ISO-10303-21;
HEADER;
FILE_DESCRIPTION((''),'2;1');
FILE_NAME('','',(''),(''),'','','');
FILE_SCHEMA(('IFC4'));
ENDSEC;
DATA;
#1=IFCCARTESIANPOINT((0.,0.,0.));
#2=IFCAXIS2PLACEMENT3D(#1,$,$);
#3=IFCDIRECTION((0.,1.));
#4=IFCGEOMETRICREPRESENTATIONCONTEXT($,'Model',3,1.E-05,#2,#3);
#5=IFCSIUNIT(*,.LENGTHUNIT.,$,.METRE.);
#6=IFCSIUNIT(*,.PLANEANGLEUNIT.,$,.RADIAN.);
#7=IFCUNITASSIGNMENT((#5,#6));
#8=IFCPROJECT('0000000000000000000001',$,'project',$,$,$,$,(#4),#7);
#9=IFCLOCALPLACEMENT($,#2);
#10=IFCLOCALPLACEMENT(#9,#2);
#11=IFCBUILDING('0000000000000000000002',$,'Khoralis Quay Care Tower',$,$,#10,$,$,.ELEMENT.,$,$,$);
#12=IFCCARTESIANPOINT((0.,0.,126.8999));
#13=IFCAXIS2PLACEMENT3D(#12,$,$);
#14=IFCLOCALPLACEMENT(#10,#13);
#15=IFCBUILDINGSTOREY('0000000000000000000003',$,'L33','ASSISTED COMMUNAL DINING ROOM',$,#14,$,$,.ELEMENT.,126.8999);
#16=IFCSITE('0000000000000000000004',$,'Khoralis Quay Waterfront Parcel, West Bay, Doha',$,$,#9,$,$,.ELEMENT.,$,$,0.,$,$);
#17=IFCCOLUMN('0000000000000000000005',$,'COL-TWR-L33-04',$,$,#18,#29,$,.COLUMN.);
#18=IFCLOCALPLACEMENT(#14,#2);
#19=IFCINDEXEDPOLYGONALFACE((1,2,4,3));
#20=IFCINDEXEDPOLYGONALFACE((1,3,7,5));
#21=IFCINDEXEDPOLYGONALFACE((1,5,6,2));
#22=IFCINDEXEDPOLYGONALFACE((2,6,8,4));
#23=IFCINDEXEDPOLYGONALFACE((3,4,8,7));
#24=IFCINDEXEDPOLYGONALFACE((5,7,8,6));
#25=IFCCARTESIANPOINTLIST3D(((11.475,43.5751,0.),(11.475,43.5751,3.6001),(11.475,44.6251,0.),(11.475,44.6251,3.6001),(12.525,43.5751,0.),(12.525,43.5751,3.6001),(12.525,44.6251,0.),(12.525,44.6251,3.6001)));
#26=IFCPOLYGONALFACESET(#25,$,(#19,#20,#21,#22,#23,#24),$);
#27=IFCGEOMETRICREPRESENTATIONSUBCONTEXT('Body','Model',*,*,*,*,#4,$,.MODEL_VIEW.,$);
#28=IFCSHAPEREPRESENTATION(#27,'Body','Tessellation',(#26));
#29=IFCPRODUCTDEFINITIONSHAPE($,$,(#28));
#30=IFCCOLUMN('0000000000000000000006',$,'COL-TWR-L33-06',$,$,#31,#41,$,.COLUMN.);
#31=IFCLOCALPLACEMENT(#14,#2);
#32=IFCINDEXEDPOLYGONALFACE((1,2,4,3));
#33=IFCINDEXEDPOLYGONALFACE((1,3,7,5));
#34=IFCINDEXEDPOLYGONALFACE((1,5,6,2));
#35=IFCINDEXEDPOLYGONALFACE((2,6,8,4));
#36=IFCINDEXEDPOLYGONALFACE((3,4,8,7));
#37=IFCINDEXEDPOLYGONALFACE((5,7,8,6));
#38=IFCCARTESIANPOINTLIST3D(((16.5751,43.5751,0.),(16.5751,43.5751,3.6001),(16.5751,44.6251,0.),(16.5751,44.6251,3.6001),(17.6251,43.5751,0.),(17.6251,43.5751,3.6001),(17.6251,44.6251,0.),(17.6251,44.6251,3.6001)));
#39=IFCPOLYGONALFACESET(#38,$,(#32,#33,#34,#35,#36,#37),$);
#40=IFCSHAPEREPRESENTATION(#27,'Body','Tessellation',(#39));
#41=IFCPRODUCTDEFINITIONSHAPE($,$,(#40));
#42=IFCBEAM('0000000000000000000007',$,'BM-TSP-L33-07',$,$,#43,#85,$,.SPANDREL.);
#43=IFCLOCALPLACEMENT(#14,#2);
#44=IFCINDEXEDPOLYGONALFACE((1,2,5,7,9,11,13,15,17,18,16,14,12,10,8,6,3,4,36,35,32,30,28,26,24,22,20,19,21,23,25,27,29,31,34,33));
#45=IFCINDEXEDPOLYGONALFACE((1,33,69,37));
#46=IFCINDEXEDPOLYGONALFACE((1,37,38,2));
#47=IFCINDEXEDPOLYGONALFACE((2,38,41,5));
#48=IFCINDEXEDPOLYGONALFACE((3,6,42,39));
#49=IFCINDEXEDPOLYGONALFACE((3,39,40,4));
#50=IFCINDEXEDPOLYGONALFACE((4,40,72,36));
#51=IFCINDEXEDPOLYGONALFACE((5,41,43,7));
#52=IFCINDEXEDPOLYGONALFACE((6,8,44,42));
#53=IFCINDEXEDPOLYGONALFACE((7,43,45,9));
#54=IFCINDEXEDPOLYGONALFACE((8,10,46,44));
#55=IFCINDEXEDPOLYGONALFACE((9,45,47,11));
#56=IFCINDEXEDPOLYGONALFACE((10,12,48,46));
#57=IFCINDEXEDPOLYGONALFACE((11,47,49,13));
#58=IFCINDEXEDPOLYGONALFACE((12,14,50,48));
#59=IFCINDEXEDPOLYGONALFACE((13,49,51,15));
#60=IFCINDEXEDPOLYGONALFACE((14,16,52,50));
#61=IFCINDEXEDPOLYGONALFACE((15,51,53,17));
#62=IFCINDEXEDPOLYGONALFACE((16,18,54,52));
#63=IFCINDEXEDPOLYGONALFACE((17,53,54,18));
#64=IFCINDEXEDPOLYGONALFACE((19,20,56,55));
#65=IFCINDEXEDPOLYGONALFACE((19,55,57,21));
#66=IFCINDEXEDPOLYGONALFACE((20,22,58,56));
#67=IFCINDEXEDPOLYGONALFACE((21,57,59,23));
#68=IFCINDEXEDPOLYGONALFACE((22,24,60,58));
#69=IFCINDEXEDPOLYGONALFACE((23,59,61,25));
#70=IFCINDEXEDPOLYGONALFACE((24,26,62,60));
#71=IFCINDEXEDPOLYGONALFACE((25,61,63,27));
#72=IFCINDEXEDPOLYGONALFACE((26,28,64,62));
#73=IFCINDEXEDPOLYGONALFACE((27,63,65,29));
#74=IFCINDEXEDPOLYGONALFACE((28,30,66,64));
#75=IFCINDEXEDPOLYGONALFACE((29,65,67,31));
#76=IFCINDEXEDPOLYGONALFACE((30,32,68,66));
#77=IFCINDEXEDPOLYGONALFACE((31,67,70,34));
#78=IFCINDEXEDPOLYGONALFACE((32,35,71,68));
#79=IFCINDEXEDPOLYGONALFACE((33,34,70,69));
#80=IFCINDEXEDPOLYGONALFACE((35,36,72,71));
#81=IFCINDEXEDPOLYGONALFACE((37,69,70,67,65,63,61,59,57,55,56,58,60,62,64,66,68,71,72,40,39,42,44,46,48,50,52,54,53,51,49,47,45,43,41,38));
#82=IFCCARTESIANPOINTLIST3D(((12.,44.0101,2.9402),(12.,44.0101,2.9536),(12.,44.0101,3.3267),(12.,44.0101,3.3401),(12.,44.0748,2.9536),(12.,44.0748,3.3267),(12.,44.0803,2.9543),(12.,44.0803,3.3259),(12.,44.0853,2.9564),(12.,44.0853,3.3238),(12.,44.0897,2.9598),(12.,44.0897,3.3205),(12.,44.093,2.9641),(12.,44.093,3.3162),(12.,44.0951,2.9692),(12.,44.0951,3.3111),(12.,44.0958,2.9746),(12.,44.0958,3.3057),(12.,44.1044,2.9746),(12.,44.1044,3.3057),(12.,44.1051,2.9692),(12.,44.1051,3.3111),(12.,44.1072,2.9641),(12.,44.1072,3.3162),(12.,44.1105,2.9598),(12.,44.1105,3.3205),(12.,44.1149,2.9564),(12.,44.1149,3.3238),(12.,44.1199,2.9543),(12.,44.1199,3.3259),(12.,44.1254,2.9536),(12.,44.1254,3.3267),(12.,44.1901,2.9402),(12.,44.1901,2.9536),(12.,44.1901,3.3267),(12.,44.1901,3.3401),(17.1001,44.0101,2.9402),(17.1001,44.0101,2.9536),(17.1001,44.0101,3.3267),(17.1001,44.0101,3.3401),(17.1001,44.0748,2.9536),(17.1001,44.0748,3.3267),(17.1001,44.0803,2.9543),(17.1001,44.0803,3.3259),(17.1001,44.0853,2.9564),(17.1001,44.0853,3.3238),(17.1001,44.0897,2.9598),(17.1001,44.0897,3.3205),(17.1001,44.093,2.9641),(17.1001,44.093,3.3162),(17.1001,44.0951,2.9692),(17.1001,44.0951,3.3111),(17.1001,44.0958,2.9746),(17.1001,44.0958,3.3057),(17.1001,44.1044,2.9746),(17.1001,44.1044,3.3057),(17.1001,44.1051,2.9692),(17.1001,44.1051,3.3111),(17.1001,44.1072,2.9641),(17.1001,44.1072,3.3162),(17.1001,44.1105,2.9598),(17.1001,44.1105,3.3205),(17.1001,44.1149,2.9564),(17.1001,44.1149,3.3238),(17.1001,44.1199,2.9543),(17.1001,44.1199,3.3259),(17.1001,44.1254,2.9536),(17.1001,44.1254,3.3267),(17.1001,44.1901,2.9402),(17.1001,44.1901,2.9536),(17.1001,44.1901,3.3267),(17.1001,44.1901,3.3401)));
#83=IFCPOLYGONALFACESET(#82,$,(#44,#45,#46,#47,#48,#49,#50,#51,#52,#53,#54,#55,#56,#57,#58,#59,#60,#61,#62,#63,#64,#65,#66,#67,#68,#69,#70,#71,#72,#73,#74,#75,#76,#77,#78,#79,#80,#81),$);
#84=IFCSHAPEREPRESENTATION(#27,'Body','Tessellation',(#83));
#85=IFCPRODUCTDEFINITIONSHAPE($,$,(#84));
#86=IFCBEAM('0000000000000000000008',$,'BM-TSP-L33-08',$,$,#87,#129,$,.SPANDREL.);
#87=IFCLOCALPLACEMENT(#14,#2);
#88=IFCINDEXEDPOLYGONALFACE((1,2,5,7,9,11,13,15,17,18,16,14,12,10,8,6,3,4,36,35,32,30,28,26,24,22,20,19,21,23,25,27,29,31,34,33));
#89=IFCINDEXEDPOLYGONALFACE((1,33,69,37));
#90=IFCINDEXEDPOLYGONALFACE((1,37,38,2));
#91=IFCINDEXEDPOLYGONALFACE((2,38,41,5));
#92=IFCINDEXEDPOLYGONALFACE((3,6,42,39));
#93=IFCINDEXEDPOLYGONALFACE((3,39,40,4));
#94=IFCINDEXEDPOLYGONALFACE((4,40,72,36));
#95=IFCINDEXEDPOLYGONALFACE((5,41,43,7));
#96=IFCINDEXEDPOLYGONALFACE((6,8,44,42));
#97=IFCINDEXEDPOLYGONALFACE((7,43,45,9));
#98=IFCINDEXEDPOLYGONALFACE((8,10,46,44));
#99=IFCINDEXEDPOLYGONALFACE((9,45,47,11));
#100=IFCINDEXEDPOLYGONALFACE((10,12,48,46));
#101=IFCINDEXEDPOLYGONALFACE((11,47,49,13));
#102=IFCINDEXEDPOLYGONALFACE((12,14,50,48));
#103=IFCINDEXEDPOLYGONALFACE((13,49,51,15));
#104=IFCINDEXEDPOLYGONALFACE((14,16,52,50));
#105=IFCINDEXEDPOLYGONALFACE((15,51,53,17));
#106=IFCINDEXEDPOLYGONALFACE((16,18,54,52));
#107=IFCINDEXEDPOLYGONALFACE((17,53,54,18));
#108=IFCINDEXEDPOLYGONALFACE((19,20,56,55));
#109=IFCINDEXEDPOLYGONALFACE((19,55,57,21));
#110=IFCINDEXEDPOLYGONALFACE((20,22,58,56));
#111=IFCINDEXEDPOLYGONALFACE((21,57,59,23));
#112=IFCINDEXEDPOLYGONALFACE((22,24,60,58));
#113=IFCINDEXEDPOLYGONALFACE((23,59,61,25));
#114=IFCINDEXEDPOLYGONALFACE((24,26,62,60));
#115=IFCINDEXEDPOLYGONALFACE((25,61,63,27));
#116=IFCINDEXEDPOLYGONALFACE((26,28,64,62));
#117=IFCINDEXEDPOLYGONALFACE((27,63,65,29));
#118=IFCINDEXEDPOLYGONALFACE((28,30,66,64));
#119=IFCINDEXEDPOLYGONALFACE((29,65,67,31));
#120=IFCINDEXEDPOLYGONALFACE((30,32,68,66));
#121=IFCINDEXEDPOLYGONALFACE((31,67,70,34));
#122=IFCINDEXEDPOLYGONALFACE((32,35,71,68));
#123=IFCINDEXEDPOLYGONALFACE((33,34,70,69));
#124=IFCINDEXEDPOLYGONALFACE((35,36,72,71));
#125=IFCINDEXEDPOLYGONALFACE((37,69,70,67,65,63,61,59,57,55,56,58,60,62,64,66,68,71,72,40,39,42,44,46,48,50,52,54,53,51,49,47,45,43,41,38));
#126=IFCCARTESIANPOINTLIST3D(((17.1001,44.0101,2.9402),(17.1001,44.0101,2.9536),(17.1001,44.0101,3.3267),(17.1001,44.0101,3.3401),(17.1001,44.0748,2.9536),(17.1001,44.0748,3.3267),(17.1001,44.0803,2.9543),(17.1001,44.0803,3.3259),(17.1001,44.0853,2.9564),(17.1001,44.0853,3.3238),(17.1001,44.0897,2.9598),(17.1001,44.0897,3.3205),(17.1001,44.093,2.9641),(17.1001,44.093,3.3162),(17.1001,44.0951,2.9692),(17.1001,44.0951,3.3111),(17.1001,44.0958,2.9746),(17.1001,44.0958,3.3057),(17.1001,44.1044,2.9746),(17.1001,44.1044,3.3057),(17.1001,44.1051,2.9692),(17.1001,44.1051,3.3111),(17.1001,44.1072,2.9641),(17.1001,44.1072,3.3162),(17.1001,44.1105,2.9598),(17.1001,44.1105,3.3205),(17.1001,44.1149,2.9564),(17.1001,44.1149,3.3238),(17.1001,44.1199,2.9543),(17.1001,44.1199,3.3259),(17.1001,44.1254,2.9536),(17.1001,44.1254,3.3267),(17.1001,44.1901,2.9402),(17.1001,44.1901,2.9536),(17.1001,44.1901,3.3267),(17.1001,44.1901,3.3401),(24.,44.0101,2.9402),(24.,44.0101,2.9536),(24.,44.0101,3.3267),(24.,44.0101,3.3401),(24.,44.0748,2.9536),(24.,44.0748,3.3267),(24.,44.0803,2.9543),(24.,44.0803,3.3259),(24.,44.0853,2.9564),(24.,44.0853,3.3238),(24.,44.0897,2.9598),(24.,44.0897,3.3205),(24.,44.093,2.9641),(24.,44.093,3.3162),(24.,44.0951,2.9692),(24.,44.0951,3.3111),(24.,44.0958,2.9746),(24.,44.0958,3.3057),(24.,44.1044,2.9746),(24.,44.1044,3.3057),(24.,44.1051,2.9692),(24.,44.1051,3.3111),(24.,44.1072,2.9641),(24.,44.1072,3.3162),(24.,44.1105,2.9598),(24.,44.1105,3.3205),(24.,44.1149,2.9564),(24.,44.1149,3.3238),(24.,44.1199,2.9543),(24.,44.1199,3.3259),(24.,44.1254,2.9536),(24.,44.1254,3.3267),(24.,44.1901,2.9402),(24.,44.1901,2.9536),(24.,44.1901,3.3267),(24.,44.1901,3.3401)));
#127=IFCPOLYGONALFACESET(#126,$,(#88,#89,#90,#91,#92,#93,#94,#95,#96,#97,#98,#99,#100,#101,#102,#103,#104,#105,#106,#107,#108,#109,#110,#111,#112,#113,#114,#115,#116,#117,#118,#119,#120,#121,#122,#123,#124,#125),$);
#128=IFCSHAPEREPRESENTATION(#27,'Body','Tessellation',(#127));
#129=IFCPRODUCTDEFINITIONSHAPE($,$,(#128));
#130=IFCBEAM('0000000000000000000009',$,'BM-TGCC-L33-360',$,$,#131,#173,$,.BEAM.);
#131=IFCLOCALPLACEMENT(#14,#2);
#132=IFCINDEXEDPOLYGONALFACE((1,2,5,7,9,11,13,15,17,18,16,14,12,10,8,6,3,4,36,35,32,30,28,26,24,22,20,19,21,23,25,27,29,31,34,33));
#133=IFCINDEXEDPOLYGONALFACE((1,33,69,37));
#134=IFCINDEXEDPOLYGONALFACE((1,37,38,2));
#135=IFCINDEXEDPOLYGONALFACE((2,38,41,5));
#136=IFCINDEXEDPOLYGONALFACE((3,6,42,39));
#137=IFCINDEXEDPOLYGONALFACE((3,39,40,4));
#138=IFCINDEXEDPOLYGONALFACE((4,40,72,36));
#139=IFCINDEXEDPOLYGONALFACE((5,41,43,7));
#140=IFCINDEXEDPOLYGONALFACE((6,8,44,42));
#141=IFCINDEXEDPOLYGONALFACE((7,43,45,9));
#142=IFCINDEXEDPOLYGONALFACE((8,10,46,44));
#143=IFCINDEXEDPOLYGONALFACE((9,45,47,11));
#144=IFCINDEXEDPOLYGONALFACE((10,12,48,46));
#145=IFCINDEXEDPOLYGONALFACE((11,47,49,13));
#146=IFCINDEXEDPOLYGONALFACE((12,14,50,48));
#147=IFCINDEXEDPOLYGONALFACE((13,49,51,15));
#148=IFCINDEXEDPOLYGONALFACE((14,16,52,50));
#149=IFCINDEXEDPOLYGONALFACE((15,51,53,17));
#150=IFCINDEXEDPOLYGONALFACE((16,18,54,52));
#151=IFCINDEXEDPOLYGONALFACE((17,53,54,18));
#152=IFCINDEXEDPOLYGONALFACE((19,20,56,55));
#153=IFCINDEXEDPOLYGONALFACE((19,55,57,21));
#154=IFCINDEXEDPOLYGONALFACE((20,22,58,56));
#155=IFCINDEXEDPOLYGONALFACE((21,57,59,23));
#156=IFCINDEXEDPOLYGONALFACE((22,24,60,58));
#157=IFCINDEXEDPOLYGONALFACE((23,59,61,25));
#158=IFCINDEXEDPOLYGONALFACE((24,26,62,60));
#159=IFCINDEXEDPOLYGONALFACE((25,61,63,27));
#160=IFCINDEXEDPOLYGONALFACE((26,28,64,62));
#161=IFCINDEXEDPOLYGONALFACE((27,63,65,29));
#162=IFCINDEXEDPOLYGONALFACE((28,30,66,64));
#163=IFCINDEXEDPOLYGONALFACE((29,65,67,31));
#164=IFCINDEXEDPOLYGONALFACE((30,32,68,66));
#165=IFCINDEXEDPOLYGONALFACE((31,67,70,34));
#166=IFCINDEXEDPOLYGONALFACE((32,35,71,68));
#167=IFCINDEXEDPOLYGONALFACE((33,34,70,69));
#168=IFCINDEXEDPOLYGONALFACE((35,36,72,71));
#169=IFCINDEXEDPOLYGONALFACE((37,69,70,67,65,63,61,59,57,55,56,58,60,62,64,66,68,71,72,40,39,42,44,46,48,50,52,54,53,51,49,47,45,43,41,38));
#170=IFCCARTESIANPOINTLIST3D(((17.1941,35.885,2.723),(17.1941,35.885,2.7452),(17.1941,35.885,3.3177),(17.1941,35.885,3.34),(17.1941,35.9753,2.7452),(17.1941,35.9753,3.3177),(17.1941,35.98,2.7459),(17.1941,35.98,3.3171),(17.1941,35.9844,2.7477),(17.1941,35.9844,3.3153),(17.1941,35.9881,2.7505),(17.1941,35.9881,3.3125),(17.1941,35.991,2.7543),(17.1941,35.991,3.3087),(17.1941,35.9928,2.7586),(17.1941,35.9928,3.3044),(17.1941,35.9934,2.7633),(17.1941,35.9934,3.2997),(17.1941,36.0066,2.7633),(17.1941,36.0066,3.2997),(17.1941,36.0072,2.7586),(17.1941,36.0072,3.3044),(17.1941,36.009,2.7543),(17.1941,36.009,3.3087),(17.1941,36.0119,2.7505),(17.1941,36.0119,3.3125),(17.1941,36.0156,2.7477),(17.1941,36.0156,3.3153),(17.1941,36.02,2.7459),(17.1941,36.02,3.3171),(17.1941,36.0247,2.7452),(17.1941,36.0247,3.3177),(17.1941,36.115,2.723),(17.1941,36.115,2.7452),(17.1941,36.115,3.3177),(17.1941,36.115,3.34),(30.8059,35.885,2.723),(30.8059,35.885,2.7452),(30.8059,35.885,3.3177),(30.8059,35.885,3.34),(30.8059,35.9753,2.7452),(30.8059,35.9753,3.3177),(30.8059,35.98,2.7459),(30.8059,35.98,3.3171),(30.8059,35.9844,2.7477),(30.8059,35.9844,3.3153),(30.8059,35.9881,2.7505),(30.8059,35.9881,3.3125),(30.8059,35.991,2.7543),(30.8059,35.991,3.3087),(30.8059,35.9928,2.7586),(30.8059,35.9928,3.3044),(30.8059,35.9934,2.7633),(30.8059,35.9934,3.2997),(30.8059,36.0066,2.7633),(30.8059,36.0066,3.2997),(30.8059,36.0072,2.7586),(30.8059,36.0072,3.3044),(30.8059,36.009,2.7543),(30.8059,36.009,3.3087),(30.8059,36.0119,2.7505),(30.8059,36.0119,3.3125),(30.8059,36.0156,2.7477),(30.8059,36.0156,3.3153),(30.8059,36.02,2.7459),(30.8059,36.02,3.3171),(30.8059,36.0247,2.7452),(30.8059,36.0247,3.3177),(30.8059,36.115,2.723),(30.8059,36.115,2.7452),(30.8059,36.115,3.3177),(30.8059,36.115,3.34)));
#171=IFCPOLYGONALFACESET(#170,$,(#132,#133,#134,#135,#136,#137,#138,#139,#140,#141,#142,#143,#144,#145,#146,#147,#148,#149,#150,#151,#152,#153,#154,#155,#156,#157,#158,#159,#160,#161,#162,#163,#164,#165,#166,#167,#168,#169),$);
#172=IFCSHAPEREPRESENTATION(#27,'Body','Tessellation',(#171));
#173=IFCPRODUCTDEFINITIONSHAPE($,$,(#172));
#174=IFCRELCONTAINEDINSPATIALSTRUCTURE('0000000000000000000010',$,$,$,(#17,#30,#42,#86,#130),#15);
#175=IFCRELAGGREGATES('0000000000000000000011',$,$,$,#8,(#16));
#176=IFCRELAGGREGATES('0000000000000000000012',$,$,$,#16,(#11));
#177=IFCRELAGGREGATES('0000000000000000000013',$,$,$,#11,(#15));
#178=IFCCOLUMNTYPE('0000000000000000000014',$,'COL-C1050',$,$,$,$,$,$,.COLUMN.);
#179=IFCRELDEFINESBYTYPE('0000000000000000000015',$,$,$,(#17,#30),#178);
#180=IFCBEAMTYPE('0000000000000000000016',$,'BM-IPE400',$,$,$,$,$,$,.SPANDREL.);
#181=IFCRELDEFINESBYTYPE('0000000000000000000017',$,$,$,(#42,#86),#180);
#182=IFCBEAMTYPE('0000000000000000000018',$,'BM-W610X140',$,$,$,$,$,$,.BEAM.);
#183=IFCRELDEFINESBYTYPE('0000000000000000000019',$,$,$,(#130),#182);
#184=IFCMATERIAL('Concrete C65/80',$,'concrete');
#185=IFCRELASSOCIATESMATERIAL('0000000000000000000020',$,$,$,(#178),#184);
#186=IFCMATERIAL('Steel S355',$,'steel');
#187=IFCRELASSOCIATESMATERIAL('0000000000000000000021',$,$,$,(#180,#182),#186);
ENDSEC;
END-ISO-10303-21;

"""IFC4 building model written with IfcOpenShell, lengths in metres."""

from ifc_helpers import new_model, si_unit, direction, frame, origin, origin_2d, place, context, subcontext, project, spatial, rectangle, i_section, extrude, source, transform, mapped, material, material_profile, profile_set, type_object, element, save


model = new_model("IFC4")

# Units and contexts
model_context = context("Model", 3, precision=1e-05, world=origin(), true_north=direction((0.0, 1.0)))
body_context = subcontext(model_context, "Body", "Model", "MODEL_VIEW")
ifc_project = project(units=[si_unit("LENGTHUNIT", "METRE"), si_unit("PLANEANGLEUNIT", "RADIAN")], contexts=[model_context])

# Site, building, storey
site_placement = place(None, origin())
site = spatial("IfcSite", under=ifc_project, at=site_placement, Name="Khoralis Quay Waterfront Parcel, West Bay, Doha", CompositionType="ELEMENT", RefElevation=0.0)
building_placement = place(site_placement, origin())
building = spatial("IfcBuilding", under=site, at=building_placement, Name="Khoralis Quay Care Tower", CompositionType="ELEMENT")
storey_placement = place(building_placement, frame((0.0, 0.0, 126.8999)))
storey = spatial("IfcBuildingStorey", under=building, at=storey_placement, Name="L33", Description="ASSISTED COMMUNAL DINING ROOM", CompositionType="ELEMENT", Elevation=126.8999)

# Columns
ifc_material_1 = material(Name="Concrete C65/80", Category="concrete")
ifc_material_profile_1 = material_profile(ifc_material_1, rectangle(XDim=1.05, YDim=1.05, at=origin_2d()), Name="Concrete C65/80")
ifc_profile_set_1 = profile_set([ifc_material_profile_1], Name="Concrete C65/80")
column_type = type_object("IfcColumnType", Name="COL-C1050", PredefinedType="COLUMN", material=ifc_profile_set_1)
shared_shape_1 = source(origin(), body_context, "Body", "SweptSolid", [
    extrude(rectangle(XDim=1.05, YDim=1.05, at=origin_2d()), origin(), (0.0, 0.0, 1.0), 3.6001),
])
for number, where, z_axis, x_axis, name in (
    (1, (12.0, 44.1001, 0.0), (0.0, 0.0, 1.0), (1.0, 0.0, 0.0), "COL-TWR-L33-04"),
    (2, (17.1001, 44.1001, 0.0), (0.0, 0.0, 1.0), (1.0, 0.0, 0.0), "COL-TWR-L33-06"),
):
    element("IfcColumn", number, at=place(storey_placement, frame(where, z_axis=z_axis, x_axis=x_axis)), inside=storey, type_object=column_type, Name=name, PredefinedType="COLUMN", context=body_context, shape_type="MappedRepresentation", body=[
        mapped(shared_shape_1, transform((0.0, 0.0, 0.0), scale=1.0)),
    ])

# Beams
ifc_material_2 = material(Name="Steel S355", Category="steel")
ifc_material_profile_2 = material_profile(ifc_material_2, i_section(OverallWidth=0.1799, OverallDepth=0.3999, WebThickness=0.0085, FlangeThickness=0.0134, FilletRadius=0.021, at=origin_2d()), Name="Steel S355")
ifc_profile_set_2 = profile_set([ifc_material_profile_2], Name="Steel S355")
beam_type_1 = type_object("IfcBeamType", Name="BM-IPE400", PredefinedType="SPANDREL", material=ifc_profile_set_2)
shared_shape_2 = source(origin(), body_context, "Body", "SweptSolid", [
    extrude(i_section(OverallWidth=0.1799, OverallDepth=0.3999, WebThickness=0.0085, FlangeThickness=0.0134, FilletRadius=0.021, at=origin_2d()), origin(), (0.0, 0.0, 1.0), 5.1001),
])
beam_1_placement = place(storey_placement, frame((12.0, 44.1001, 3.1401), z_axis=(1.0, 0.0, 0.0), x_axis=(0.0, 1.0, 0.0)))
element("IfcBeam", 3, at=beam_1_placement, inside=storey, type_object=beam_type_1, Name="BM-TSP-L33-07", PredefinedType="SPANDREL", context=body_context, shape_type="MappedRepresentation", body=[
    mapped(shared_shape_2, transform((0.0, 0.0, 0.0), scale=1.0)),
])
shared_shape_3 = source(origin(), body_context, "Body", "SweptSolid", [
    extrude(i_section(OverallWidth=0.1799, OverallDepth=0.3999, WebThickness=0.0085, FlangeThickness=0.0134, FilletRadius=0.021, at=origin_2d()), origin(), (0.0, 0.0, 1.0), 6.8999),
])
beam_2_placement = place(storey_placement, frame((17.1001, 44.1001, 3.1401), z_axis=(1.0, 0.0, 0.0), x_axis=(0.0, 1.0, 0.0)))
element("IfcBeam", 4, at=beam_2_placement, inside=storey, type_object=beam_type_1, Name="BM-TSP-L33-08", PredefinedType="SPANDREL", context=body_context, shape_type="MappedRepresentation", body=[
    mapped(shared_shape_3, transform((0.0, 0.0, 0.0), scale=1.0)),
])
ifc_material_profile_3 = material_profile(ifc_material_2, i_section(OverallWidth=0.23, OverallDepth=0.6169, WebThickness=0.0132, FlangeThickness=0.0222, FilletRadius=0.0181, at=origin_2d()), Name="Steel S355")
ifc_profile_set_3 = profile_set([ifc_material_profile_3], Name="Steel S355")
beam_type_2 = type_object("IfcBeamType", Name="BM-W610X140", PredefinedType="BEAM", material=ifc_profile_set_3)
shared_shape_4 = source(origin(), body_context, "Body", "SweptSolid", [
    extrude(i_section(OverallWidth=0.23, OverallDepth=0.6169, WebThickness=0.0132, FlangeThickness=0.0222, FilletRadius=0.0181, at=origin_2d()), origin(), (0.0, 0.0, 1.0), 13.6118),
])
beam_3_placement = place(storey_placement, frame((17.1941, 36.0, 3.0315), z_axis=(1.0, 0.0, 0.0), x_axis=(0.0, 1.0, 0.0)))
element("IfcBeam", 5, at=beam_3_placement, inside=storey, type_object=beam_type_2, Name="BM-TGCC-L33-360", PredefinedType="BEAM", context=body_context, shape_type="MappedRepresentation", body=[
    mapped(shared_shape_4, transform((0.0, 0.0, 0.0), scale=1.0)),
])

save(model, "model.ifc")
